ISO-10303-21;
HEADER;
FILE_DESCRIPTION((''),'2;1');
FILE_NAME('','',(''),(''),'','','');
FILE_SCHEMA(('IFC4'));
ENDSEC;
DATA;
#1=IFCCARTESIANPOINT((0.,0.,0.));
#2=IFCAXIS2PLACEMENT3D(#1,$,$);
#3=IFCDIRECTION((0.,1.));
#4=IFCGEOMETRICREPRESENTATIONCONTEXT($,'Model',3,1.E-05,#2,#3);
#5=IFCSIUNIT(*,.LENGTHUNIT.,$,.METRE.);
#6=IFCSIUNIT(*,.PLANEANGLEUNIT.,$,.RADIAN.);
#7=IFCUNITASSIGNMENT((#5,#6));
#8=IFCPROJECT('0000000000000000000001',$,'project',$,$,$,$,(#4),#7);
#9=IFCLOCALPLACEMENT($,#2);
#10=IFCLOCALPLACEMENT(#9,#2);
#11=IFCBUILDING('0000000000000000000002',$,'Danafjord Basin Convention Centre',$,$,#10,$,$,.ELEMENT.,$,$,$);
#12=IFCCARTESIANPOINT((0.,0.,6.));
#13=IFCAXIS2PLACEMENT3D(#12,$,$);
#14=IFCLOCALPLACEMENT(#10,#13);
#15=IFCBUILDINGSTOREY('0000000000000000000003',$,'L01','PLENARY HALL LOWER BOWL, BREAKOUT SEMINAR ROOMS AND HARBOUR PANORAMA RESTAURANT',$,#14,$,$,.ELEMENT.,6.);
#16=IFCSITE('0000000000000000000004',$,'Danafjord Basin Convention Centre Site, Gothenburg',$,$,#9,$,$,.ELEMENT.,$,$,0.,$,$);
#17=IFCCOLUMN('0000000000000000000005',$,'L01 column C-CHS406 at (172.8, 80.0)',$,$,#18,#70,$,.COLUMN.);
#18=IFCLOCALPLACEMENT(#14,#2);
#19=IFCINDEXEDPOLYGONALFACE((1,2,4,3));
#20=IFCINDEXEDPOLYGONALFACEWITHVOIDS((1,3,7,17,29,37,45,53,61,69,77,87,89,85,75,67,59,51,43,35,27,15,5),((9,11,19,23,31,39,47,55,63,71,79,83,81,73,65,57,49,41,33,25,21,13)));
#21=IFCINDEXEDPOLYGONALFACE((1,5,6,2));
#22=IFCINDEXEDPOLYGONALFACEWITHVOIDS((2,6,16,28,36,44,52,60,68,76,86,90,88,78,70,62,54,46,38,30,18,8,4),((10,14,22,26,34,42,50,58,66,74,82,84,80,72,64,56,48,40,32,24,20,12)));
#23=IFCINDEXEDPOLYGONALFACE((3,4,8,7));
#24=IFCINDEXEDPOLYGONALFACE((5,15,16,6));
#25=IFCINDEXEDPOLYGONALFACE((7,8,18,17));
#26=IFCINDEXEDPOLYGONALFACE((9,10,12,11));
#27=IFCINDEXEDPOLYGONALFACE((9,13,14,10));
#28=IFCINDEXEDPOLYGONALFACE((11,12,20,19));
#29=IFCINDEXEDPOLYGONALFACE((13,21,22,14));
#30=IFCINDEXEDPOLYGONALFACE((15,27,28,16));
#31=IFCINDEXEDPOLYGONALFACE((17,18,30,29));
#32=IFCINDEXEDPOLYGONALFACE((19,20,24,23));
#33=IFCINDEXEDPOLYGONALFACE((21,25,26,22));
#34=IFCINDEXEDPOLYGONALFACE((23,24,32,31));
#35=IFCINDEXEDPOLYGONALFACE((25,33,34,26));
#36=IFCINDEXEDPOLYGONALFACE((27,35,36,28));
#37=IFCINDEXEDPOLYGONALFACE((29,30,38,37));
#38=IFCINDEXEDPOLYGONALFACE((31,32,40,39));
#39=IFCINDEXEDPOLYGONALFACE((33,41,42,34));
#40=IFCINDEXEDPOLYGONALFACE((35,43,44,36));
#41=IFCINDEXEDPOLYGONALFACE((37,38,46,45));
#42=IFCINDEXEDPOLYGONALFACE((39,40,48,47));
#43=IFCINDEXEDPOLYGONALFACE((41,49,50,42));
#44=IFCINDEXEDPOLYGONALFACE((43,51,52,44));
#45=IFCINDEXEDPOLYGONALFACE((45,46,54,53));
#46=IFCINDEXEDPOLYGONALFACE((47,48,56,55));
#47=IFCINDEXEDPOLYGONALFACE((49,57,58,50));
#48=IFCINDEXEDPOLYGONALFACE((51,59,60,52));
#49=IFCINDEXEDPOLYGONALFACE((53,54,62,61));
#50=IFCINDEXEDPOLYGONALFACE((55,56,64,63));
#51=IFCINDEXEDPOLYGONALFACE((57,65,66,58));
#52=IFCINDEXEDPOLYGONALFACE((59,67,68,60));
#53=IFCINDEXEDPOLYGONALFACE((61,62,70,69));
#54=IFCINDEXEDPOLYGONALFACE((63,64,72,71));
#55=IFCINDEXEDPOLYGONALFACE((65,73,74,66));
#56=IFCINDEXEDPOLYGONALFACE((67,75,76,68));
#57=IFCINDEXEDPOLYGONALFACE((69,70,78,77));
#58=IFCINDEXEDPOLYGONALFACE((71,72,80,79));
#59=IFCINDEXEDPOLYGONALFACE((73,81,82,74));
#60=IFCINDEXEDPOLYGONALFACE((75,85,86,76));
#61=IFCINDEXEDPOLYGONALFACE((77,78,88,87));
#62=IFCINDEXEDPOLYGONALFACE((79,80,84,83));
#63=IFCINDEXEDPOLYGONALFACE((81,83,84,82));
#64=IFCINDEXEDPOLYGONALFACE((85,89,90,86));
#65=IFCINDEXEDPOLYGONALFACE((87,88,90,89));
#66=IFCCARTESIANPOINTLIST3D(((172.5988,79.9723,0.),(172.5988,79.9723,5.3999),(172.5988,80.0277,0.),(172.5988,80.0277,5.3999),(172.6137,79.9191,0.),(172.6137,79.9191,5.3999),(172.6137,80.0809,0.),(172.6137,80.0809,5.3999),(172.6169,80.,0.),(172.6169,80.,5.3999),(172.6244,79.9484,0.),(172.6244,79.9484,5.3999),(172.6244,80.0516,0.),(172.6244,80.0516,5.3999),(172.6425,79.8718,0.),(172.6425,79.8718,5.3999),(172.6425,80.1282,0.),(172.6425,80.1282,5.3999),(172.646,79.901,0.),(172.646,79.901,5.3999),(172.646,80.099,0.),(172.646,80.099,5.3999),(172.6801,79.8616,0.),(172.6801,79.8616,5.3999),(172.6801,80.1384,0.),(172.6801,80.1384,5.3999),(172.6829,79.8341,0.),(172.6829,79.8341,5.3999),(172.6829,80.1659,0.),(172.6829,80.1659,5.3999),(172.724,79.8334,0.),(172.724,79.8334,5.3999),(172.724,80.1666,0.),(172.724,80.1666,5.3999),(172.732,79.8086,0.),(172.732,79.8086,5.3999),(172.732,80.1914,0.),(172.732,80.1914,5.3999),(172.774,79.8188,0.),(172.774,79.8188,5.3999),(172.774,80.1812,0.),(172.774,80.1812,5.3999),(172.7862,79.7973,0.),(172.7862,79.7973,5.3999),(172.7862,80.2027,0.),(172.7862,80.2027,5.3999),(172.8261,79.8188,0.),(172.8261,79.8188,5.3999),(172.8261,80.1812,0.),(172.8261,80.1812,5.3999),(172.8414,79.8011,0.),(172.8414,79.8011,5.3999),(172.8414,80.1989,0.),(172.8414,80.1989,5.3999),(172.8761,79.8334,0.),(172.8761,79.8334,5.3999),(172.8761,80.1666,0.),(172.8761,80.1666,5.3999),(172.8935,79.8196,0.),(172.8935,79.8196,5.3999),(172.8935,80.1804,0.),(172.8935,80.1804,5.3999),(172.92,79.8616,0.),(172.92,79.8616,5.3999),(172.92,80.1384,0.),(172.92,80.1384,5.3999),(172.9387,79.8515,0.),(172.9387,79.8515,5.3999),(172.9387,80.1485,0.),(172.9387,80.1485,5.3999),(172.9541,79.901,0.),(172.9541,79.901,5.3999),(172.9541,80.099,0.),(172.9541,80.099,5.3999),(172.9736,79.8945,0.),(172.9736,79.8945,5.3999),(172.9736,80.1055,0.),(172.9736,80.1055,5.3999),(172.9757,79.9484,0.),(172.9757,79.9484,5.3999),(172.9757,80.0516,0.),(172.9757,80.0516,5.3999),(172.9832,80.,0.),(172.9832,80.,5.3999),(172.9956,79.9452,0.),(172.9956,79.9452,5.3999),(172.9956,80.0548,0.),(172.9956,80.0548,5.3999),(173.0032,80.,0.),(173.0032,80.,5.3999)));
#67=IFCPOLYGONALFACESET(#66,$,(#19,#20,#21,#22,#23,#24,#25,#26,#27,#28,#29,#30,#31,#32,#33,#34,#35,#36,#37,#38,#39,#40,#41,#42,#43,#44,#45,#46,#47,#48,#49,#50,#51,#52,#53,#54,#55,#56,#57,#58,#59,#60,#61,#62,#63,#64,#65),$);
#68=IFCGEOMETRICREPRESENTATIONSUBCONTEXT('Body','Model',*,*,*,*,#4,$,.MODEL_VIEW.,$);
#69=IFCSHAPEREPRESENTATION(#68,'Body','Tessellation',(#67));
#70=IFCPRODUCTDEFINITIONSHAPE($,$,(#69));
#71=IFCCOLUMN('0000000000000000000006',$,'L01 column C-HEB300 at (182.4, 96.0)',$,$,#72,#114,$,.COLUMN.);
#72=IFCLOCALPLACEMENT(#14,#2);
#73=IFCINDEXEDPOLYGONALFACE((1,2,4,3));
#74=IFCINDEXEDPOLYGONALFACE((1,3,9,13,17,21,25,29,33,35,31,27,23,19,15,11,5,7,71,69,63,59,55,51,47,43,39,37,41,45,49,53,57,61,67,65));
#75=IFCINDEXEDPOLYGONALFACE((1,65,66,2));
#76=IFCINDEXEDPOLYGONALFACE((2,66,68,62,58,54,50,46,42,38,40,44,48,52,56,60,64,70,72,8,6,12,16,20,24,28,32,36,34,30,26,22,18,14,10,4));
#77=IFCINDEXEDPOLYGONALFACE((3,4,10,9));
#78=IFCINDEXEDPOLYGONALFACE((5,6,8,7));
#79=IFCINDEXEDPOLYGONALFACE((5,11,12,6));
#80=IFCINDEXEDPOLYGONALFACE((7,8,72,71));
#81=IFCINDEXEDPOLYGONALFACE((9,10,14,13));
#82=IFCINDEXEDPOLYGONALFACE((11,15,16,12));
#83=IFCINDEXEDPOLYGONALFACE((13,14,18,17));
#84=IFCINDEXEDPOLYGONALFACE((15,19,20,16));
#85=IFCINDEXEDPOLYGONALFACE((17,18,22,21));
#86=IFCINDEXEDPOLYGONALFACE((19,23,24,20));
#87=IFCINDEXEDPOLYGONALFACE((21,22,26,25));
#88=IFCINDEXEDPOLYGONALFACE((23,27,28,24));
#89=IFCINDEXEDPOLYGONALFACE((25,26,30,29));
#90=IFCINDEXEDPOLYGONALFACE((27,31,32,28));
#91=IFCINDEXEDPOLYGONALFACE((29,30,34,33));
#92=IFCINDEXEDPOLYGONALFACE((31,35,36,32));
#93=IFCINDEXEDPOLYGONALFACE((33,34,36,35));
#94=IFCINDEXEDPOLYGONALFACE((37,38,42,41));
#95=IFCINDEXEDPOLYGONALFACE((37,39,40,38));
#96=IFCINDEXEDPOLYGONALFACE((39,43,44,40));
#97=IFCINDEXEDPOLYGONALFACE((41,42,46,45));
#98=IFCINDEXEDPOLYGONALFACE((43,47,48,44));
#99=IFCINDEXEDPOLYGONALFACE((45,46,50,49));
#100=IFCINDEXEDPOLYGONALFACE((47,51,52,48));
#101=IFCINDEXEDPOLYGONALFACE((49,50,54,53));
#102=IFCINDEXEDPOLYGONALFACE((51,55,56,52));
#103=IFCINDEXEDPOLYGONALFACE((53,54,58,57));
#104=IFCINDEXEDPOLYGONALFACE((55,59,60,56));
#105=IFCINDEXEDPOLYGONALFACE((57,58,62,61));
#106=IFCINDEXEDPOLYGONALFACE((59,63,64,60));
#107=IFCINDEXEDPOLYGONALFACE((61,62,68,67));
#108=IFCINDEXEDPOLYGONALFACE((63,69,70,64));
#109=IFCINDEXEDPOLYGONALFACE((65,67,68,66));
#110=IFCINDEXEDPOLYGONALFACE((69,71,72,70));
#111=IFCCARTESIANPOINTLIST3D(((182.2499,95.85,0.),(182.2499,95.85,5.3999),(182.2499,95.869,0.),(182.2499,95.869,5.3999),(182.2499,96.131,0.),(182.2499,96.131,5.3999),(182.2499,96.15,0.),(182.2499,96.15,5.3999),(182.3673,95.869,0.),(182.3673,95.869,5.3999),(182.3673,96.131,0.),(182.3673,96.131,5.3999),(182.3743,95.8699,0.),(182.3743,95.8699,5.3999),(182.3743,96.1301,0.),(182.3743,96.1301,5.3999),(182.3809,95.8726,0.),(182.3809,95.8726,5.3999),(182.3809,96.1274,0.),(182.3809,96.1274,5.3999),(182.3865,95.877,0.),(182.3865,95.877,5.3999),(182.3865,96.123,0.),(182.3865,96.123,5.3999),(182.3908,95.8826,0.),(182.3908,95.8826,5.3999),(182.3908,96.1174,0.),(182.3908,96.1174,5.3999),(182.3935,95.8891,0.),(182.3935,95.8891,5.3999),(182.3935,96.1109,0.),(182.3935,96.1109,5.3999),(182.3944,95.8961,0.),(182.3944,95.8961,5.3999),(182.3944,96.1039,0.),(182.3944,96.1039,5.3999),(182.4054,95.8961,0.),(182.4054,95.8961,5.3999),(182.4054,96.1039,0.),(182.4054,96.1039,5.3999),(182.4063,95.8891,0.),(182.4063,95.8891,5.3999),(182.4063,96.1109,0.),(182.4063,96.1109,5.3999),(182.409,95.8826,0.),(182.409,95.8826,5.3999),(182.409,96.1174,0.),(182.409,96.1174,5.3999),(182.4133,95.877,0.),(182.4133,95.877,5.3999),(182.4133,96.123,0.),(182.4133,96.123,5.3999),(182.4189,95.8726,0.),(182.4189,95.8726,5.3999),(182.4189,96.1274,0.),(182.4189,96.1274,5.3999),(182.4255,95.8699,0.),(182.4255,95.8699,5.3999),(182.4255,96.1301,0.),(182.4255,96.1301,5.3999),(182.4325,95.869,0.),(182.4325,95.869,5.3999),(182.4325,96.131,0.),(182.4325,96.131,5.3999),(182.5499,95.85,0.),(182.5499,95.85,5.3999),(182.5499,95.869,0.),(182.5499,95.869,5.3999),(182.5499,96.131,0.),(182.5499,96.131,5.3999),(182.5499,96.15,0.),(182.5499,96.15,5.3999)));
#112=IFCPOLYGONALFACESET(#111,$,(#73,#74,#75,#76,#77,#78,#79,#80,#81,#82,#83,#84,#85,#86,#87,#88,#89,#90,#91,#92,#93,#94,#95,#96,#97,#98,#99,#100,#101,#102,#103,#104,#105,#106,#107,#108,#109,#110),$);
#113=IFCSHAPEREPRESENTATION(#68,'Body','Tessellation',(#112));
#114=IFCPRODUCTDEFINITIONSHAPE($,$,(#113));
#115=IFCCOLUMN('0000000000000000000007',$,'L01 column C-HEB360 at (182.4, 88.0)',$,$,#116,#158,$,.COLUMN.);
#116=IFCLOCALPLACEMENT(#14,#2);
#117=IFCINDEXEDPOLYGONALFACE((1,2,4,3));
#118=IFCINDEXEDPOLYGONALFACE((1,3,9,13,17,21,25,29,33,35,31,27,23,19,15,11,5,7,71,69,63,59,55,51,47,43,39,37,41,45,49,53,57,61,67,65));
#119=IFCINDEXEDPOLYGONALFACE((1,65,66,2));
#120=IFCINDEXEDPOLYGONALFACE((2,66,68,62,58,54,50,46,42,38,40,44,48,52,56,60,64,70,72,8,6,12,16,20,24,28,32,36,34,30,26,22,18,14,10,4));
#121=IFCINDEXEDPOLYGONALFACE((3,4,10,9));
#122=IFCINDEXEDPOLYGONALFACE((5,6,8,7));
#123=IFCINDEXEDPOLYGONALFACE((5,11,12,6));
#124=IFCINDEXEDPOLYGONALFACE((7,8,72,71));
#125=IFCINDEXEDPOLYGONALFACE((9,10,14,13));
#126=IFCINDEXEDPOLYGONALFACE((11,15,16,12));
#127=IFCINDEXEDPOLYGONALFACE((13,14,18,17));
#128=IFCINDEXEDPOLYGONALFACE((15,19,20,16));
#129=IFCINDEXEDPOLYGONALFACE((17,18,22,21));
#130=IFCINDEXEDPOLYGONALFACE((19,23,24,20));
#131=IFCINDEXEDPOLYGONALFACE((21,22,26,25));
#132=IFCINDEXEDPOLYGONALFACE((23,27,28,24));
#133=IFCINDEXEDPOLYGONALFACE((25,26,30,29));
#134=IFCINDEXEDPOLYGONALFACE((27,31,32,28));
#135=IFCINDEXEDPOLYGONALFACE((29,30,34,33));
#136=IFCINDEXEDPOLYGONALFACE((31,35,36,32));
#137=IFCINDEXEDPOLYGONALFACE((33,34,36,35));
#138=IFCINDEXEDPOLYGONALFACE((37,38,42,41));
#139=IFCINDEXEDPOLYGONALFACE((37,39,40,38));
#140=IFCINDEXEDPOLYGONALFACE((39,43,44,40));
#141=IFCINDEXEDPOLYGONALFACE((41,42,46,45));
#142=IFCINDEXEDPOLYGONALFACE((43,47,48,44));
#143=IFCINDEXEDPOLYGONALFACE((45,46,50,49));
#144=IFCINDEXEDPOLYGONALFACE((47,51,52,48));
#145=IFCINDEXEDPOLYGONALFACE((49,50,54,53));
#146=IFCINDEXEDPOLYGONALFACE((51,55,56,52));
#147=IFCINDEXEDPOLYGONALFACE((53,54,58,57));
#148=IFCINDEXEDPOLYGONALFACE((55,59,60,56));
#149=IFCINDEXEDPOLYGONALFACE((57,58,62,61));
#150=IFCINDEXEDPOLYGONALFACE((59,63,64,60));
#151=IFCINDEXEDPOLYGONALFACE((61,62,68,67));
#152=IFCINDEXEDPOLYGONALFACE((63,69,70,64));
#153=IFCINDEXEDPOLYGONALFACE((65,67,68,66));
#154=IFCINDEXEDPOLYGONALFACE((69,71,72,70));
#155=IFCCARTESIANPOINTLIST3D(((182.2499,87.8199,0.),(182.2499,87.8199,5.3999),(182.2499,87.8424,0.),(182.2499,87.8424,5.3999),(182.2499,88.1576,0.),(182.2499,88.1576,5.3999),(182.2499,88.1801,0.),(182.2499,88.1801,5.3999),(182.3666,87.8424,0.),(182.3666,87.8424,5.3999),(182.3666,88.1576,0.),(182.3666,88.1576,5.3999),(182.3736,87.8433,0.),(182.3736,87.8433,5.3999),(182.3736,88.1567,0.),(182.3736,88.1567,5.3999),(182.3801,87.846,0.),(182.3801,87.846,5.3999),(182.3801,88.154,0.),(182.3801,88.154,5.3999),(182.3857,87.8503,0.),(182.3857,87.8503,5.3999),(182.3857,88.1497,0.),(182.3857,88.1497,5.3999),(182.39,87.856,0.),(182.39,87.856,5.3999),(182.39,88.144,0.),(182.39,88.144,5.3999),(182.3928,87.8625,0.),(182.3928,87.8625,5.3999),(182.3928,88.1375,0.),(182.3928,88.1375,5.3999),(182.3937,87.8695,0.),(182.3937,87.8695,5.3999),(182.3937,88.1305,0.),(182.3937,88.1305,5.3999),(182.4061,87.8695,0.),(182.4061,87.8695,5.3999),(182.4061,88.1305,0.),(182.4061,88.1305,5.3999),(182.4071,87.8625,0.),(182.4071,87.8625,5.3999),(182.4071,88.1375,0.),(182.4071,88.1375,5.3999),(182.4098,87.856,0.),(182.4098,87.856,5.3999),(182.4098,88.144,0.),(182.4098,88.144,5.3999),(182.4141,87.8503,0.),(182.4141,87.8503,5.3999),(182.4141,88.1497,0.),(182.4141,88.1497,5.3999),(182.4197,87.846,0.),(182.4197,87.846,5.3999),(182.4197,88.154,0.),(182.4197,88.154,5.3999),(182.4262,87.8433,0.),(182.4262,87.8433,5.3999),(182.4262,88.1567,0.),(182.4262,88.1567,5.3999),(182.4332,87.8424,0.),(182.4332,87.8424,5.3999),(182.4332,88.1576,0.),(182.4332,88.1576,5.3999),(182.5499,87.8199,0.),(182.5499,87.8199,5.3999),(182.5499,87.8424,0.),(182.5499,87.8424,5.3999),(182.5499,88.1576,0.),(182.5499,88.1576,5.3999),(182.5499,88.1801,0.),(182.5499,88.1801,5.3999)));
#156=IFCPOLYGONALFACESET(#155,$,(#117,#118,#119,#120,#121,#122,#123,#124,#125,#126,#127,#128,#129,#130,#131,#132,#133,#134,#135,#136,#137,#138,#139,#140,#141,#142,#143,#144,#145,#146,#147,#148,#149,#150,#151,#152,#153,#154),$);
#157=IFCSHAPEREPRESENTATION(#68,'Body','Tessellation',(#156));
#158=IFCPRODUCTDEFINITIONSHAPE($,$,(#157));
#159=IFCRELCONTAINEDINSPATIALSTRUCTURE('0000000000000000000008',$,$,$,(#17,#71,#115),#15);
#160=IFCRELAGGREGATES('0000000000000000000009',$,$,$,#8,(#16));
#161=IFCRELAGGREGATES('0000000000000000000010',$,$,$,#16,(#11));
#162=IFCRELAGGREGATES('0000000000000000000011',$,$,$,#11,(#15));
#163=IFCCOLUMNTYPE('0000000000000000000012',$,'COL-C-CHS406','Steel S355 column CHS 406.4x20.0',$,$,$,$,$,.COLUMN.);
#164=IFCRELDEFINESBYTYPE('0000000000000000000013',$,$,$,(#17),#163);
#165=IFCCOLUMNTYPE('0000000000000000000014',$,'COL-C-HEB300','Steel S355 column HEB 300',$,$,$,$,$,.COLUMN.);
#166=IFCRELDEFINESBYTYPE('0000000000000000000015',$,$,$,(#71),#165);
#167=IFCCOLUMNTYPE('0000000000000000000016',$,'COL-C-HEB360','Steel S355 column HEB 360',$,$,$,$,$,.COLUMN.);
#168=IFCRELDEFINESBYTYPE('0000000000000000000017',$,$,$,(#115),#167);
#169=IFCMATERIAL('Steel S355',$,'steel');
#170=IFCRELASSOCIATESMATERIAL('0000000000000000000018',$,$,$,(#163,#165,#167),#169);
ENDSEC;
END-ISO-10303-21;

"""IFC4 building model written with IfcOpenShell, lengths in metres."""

from ifc_helpers import new_model, si_unit, direction, frame, origin, origin_2d, place, context, subcontext, project, spatial, hollow_circle, i_section, extrude, material, material_profile, profile_set, type_object, element, save


model = new_model("IFC4")

# Units and contexts
model_context = context("Model", 3, precision=1e-05, world=origin(), true_north=direction((0.0, 1.0)))
body_context = subcontext(model_context, "Body", "Model", "MODEL_VIEW")
ifc_project = project(units=[si_unit("LENGTHUNIT", "METRE"), si_unit("PLANEANGLEUNIT", "RADIAN")], contexts=[model_context])

# Site, building, storey
site_placement = place(None, origin())
site = spatial("IfcSite", under=ifc_project, at=site_placement, Name="Danafjord Basin Convention Centre Site, Gothenburg", CompositionType="ELEMENT", RefElevation=0.0)
building_placement = place(site_placement, origin())
building = spatial("IfcBuilding", under=site, at=building_placement, Name="Danafjord Basin Convention Centre", CompositionType="ELEMENT")
storey_placement = place(building_placement, frame((0.0, 0.0, 6.0)))
storey = spatial("IfcBuildingStorey", under=building, at=storey_placement, Name="L01", Description="PLENARY HALL LOWER BOWL, BREAKOUT SEMINAR ROOMS AND HARBOUR PANORAMA RESTAURANT", CompositionType="ELEMENT", Elevation=6.0)

# Columns
ifc_material_1 = material(Name="Steel S355", Category="steel")
ifc_material_profile_1 = material_profile(ifc_material_1, hollow_circle(Radius=0.2031, WallThickness=0.02, at=origin_2d()), Name="CHS 406.4x20.0")
ifc_profile_set_1 = profile_set([ifc_material_profile_1], Name="Steel S355")
column_type_1 = type_object("IfcColumnType", Name="COL-C-CHS406", Description="Steel S355 column CHS 406.4x20.0", PredefinedType="COLUMN", material=ifc_profile_set_1)
column_1_placement = place(storey_placement, frame((172.8, 80.0, 0.0), z_axis=(0.0, 0.0, 1.0), x_axis=(1.0, 0.0, 0.0)))
element("IfcColumn", 1, at=column_1_placement, inside=storey, type_object=column_type_1, Name="L01 column C-CHS406 at (172.8, 80.0)", PredefinedType="COLUMN", context=body_context, shape_type="SweptSolid", body=[
    extrude(hollow_circle(Radius=0.2031, WallThickness=0.02, at=origin_2d()), origin(), (0.0, 0.0, 1.0), 5.3999),
])
ifc_material_profile_2 = material_profile(ifc_material_1, i_section(OverallWidth=0.3, OverallDepth=0.3, WebThickness=0.011, FlangeThickness=0.019, FilletRadius=0.0271, at=origin_2d()), Name="HEB 300")
ifc_profile_set_2 = profile_set([ifc_material_profile_2], Name="Steel S355")
column_type_2 = type_object("IfcColumnType", Name="COL-C-HEB300", Description="Steel S355 column HEB 300", PredefinedType="COLUMN", material=ifc_profile_set_2)
column_2_placement = place(storey_placement, frame((182.3999, 96.0, 0.0), z_axis=(0.0, 0.0, 1.0), x_axis=(1.0, 0.0, 0.0)))
element("IfcColumn", 2, at=column_2_placement, inside=storey, type_object=column_type_2, Name="L01 column C-HEB300 at (182.4, 96.0)", PredefinedType="COLUMN", context=body_context, shape_type="SweptSolid", body=[
    extrude(i_section(OverallWidth=0.3, OverallDepth=0.3, WebThickness=0.011, FlangeThickness=0.019, FilletRadius=0.0271, at=origin_2d()), origin(), (0.0, 0.0, 1.0), 5.3999),
])
ifc_material_profile_3 = material_profile(ifc_material_1, i_section(OverallWidth=0.3, OverallDepth=0.3601, WebThickness=0.0125, FlangeThickness=0.0225, FilletRadius=0.0271, at=origin_2d()), Name="HEB 360")
ifc_profile_set_3 = profile_set([ifc_material_profile_3], Name="Steel S355")
column_type_3 = type_object("IfcColumnType", Name="COL-C-HEB360", Description="Steel S355 column HEB 360", PredefinedType="COLUMN", material=ifc_profile_set_3)
column_3_placement = place(storey_placement, frame((182.3999, 88.0, 0.0), z_axis=(0.0, 0.0, 1.0), x_axis=(1.0, 0.0, 0.0)))
element("IfcColumn", 3, at=column_3_placement, inside=storey, type_object=column_type_3, Name="L01 column C-HEB360 at (182.4, 88.0)", PredefinedType="COLUMN", context=body_context, shape_type="SweptSolid", body=[
    extrude(i_section(OverallWidth=0.3, OverallDepth=0.3601, WebThickness=0.0125, FlangeThickness=0.0225, FilletRadius=0.0271, at=origin_2d()), origin(), (0.0, 0.0, 1.0), 5.3999),
])

save(model, "model.ifc")
